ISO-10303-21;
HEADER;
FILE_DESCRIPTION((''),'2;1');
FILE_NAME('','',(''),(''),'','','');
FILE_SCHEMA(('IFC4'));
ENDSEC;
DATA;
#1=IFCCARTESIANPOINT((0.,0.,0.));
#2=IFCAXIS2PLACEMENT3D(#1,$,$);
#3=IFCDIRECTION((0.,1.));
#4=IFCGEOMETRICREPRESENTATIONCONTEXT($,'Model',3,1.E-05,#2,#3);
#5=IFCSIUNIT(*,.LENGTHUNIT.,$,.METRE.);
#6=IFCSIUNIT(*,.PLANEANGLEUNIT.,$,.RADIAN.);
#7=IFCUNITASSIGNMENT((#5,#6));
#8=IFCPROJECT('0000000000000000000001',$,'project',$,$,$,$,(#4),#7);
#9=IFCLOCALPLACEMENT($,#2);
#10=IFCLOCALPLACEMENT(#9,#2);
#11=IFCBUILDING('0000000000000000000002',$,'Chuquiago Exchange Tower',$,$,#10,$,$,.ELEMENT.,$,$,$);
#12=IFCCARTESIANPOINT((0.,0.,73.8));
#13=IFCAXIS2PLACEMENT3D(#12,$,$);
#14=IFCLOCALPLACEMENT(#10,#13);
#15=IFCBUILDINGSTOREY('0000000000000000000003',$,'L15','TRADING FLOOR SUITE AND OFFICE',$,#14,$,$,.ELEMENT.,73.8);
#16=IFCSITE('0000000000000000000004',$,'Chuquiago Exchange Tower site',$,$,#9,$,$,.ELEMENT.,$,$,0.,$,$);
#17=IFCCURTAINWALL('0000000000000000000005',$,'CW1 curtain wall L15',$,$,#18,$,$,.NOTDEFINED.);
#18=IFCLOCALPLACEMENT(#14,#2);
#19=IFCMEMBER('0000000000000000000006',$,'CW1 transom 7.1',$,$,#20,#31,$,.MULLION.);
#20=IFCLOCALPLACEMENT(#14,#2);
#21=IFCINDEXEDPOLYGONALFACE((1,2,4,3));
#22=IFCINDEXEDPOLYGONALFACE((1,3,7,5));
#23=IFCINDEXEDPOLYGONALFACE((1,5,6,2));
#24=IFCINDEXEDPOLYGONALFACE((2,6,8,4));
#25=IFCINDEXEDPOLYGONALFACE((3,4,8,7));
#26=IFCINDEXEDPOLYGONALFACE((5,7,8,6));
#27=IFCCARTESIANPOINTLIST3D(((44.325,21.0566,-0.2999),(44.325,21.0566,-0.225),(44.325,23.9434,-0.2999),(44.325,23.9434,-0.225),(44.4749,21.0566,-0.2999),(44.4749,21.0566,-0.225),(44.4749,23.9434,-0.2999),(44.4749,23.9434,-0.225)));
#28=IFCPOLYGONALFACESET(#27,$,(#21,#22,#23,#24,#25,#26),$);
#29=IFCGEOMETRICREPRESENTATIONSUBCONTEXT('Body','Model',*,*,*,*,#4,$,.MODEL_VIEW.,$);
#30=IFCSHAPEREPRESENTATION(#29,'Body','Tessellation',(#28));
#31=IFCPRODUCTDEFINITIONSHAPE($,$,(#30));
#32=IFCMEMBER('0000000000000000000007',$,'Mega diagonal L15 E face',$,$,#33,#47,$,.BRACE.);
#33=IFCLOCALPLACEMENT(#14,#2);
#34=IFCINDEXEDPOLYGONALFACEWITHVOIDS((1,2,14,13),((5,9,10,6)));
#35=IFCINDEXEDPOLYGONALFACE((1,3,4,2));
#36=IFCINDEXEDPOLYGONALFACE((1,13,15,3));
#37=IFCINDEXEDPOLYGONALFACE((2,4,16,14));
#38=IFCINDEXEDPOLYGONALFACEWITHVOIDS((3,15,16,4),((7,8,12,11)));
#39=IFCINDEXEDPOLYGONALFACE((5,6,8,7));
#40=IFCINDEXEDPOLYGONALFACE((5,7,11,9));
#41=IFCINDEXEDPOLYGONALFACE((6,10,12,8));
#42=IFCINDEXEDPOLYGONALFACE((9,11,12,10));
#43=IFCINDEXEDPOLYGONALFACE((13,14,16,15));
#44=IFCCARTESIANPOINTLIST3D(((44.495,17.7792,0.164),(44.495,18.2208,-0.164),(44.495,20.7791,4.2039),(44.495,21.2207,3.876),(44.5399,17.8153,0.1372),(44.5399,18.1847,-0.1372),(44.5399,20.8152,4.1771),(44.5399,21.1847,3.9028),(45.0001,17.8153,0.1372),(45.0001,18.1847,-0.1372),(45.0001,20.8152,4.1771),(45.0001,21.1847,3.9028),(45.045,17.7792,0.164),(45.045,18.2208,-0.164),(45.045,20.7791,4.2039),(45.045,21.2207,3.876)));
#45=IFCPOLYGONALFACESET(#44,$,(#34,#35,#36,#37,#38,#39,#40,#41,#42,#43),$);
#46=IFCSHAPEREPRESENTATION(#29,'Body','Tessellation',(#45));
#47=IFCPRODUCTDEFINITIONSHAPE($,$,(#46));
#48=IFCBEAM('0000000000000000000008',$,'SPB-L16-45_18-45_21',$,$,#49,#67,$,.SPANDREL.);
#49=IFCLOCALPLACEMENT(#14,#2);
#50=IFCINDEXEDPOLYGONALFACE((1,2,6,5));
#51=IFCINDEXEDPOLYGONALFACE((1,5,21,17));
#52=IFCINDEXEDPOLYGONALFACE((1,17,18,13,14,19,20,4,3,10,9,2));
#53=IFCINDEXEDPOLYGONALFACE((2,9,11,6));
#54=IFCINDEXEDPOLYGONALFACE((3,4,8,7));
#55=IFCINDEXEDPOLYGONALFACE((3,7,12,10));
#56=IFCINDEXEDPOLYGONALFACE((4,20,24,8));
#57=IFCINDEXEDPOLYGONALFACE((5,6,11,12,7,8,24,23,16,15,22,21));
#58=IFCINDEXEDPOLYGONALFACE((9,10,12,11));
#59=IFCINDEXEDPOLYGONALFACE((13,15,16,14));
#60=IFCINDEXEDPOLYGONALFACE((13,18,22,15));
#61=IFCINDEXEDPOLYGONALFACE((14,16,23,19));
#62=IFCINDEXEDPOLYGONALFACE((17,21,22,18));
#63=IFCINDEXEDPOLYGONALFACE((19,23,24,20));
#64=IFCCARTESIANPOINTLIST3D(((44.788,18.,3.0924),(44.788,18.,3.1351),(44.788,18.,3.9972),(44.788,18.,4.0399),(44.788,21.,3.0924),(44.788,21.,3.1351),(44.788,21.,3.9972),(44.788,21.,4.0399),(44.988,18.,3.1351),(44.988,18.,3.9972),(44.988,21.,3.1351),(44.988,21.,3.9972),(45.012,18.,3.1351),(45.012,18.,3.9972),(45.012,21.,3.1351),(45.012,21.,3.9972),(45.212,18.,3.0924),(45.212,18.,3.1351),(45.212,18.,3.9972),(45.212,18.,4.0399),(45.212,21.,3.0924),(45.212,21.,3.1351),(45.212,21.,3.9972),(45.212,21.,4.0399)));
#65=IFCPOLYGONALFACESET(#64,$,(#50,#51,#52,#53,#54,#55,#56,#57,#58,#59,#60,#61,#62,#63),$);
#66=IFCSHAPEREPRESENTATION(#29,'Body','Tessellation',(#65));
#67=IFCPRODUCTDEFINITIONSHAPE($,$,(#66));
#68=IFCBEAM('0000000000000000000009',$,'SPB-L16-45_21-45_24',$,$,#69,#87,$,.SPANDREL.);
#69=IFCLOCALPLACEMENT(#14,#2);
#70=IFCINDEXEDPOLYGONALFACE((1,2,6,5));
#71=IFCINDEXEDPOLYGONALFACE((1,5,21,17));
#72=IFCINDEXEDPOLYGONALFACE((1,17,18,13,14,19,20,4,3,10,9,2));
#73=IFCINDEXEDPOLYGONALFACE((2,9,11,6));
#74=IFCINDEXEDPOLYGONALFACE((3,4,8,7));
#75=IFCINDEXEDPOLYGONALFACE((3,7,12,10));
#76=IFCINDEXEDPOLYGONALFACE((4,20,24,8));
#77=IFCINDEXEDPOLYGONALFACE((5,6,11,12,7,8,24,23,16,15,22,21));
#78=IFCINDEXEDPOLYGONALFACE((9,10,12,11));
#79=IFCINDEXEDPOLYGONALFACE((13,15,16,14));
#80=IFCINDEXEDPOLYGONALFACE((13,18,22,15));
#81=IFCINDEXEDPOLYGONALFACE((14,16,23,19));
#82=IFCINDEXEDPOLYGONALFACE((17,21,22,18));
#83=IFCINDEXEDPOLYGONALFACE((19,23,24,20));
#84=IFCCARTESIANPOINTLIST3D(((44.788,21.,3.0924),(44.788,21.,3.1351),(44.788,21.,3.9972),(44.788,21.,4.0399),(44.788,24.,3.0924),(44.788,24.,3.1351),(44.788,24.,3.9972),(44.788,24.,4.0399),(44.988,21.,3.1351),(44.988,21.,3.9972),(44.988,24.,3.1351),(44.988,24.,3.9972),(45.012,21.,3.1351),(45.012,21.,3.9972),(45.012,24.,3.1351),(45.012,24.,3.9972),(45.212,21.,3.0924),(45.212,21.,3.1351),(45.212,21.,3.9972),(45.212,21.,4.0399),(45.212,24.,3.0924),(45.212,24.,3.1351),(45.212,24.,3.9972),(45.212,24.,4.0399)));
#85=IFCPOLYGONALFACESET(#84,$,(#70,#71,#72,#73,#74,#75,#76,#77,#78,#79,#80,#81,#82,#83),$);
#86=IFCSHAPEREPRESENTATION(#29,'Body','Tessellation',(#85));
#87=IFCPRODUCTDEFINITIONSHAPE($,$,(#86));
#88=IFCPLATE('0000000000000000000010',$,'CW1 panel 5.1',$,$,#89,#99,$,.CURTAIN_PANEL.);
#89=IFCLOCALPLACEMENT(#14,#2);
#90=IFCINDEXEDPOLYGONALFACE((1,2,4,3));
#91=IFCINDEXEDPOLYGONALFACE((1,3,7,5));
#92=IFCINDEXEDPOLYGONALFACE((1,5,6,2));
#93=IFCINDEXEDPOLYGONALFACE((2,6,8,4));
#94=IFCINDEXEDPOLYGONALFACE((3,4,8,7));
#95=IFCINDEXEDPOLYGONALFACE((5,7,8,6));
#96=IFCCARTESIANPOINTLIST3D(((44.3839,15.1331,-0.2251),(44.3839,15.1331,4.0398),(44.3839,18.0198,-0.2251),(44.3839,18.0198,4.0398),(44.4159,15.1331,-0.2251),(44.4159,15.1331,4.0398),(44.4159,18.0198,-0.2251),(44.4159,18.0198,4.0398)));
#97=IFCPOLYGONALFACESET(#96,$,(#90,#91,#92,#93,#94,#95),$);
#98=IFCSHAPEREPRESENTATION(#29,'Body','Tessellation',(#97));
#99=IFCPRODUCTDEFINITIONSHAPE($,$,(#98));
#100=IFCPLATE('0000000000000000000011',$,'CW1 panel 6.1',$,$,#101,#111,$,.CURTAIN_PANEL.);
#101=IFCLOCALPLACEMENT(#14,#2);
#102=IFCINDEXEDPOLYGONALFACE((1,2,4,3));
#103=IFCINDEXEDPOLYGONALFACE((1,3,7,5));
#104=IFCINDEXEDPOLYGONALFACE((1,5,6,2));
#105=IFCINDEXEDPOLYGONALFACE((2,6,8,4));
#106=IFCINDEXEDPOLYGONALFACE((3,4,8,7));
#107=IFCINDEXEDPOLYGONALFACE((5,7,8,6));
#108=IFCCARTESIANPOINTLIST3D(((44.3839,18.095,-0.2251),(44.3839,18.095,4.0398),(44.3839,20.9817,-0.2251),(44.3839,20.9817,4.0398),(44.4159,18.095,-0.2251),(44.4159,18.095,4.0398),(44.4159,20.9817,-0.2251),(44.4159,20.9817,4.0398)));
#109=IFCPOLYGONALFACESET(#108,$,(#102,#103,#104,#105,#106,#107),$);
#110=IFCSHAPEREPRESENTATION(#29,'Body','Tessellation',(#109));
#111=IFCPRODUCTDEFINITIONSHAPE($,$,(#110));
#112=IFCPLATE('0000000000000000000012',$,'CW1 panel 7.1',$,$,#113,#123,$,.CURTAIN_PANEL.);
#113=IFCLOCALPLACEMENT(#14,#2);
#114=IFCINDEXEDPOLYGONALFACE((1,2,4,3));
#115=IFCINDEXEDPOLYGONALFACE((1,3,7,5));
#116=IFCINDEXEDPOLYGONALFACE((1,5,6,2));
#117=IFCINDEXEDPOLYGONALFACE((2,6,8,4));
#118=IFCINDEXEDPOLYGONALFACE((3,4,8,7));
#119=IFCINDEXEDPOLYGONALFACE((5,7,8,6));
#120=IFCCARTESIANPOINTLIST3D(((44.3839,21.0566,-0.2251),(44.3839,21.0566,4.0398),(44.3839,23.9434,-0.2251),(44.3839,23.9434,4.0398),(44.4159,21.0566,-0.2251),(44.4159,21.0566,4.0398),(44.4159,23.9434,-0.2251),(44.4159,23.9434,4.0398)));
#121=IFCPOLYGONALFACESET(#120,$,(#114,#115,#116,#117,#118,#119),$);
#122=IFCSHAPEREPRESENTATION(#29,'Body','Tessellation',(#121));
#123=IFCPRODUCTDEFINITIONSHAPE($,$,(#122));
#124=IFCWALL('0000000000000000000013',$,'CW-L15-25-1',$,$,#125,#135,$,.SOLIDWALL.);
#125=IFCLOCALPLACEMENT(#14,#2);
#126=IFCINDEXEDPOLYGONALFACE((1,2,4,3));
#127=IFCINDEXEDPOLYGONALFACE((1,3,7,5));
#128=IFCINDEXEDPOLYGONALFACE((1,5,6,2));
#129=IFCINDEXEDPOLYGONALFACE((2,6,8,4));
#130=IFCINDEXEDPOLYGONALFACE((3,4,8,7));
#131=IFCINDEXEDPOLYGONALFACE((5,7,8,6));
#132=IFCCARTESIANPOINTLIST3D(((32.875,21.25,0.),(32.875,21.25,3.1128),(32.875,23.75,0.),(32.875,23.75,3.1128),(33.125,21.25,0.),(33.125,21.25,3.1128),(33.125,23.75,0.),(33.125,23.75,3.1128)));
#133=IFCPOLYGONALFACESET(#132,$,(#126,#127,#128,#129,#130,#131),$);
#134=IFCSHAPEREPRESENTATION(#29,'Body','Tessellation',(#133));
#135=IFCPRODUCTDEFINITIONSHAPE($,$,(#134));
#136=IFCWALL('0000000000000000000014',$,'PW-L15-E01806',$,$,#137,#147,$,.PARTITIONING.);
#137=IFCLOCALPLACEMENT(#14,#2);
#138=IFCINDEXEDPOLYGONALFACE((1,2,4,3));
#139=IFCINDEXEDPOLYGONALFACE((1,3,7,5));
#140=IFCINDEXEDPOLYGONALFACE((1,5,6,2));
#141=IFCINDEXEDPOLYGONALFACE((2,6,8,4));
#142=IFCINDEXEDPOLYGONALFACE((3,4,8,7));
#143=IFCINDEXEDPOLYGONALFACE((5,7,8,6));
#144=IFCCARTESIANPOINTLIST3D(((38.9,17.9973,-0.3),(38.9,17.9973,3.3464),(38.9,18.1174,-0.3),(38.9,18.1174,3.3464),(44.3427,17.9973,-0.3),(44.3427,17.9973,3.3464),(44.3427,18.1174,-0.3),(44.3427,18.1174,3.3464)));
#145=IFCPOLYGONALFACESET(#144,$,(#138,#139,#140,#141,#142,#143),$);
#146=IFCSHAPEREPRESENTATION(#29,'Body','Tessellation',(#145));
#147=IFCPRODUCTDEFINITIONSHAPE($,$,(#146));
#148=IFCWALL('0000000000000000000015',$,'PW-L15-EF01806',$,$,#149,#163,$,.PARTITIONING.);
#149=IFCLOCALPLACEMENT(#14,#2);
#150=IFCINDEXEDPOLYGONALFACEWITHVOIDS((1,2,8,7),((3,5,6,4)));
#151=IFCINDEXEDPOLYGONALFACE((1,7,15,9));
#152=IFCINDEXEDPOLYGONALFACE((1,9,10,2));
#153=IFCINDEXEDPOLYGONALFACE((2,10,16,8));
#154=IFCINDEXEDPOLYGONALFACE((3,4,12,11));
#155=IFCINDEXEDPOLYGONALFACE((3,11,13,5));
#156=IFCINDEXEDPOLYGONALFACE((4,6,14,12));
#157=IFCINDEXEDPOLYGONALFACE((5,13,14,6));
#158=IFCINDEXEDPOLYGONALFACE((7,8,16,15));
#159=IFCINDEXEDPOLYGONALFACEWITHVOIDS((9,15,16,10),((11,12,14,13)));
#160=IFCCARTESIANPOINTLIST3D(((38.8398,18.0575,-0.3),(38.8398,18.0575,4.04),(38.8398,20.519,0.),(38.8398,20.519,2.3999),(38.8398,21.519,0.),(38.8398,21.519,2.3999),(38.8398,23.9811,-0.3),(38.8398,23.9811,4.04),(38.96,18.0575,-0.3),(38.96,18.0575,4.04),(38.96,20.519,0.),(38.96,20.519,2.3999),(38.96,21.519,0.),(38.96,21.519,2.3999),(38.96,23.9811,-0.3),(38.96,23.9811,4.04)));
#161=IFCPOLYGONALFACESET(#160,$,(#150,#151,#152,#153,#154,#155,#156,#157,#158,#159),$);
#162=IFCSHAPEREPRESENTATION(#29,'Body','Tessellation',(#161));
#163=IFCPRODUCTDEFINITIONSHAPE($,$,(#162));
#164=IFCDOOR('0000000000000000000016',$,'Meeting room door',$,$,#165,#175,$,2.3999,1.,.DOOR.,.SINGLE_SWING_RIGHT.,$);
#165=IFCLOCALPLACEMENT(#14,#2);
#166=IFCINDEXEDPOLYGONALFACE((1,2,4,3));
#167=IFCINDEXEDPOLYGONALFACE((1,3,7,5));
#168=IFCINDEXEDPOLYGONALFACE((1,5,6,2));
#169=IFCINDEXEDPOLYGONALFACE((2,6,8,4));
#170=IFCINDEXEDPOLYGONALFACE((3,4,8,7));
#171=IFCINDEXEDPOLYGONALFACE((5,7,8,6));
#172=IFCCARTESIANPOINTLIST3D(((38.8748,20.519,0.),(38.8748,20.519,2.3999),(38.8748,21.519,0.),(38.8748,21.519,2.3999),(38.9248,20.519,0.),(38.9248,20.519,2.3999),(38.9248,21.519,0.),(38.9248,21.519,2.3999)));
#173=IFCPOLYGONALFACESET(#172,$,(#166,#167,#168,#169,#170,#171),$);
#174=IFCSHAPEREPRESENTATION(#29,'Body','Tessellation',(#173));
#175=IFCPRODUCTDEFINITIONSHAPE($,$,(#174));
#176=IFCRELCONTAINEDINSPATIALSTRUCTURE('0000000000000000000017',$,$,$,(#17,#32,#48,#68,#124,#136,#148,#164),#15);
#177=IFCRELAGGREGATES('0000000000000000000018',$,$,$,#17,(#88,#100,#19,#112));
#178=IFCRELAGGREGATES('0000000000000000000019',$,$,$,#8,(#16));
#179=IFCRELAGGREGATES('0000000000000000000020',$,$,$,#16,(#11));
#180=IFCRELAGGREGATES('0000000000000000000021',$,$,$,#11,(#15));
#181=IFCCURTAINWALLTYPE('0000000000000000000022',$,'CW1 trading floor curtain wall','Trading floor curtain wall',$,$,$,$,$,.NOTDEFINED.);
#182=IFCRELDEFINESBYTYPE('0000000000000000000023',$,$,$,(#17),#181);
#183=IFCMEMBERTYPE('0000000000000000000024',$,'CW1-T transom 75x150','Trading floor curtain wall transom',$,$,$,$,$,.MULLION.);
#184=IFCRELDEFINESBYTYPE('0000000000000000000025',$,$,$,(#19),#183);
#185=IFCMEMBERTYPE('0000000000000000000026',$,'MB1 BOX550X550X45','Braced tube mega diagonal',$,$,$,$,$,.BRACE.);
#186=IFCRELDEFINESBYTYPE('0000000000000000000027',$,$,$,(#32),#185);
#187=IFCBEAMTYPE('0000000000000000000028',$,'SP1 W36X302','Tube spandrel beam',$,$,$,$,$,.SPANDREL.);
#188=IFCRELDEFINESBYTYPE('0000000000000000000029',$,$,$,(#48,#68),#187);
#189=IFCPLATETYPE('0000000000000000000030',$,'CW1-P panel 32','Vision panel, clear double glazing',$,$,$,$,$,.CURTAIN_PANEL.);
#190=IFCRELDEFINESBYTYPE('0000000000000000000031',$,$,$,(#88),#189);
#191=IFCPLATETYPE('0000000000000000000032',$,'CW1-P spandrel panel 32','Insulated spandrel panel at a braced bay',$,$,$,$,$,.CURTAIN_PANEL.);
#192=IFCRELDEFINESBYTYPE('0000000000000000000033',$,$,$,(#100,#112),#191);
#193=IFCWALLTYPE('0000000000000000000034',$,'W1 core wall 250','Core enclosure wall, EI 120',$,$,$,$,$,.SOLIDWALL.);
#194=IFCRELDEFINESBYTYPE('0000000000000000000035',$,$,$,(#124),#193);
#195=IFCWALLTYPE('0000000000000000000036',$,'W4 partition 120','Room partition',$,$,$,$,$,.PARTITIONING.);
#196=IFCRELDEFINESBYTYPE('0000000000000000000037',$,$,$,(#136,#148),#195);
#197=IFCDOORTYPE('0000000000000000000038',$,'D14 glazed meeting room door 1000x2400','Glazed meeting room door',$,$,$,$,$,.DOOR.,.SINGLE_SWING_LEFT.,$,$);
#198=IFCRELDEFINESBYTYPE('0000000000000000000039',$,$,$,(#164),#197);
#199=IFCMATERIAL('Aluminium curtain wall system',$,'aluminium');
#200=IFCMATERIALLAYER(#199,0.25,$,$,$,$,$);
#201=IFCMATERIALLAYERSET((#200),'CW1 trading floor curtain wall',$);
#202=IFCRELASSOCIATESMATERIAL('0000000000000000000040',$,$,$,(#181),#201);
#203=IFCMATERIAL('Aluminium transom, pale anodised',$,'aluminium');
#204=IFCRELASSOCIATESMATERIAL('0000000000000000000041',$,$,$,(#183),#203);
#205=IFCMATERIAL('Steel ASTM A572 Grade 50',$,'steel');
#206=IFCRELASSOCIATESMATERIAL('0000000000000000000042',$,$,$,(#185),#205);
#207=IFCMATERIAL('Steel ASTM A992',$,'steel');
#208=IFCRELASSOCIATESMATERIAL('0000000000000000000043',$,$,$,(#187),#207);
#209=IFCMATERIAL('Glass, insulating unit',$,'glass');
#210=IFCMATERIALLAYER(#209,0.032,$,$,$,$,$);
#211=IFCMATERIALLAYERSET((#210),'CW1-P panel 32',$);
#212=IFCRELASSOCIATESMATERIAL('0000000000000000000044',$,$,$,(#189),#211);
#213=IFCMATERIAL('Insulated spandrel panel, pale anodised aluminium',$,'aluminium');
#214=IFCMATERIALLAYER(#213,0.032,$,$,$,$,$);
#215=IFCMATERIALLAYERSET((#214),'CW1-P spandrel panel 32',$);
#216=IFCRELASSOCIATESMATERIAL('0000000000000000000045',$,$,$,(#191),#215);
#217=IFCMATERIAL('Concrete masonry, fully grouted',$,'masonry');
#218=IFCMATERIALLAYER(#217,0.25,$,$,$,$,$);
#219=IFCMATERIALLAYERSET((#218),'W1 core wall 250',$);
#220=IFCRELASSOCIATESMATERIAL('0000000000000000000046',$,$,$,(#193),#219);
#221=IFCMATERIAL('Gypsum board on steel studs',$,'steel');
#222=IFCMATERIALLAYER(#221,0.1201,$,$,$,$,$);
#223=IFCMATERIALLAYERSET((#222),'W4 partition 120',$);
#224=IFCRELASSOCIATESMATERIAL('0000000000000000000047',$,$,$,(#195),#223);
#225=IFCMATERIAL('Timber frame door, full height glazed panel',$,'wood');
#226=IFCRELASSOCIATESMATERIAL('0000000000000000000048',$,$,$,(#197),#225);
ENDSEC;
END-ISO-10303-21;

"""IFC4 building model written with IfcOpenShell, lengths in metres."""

from ifc_helpers import new_model, si_unit, direction, frame, frame_2d, origin, origin_2d, place, context, subcontext, project, spatial, rectangle, hollow_rectangle, i_section, extrude, material, layer, layer_set, material_profile, profile_set, type_object, element, fill, aggregate, save


model = new_model("IFC4")

# Units and contexts
model_context = context("Model", 3, precision=1e-05, world=origin(), true_north=direction((0.0, 1.0)))
body_context = subcontext(model_context, "Body", "Model", "MODEL_VIEW")
ifc_project = project(units=[si_unit("LENGTHUNIT", "METRE"), si_unit("PLANEANGLEUNIT", "RADIAN")], contexts=[model_context])

# Site, building, storey
site_placement = place(None, origin())
site = spatial("IfcSite", under=ifc_project, at=site_placement, Name="Chuquiago Exchange Tower site", CompositionType="ELEMENT", RefElevation=0.0)
building_placement = place(site_placement, origin())
building = spatial("IfcBuilding", under=site, at=building_placement, Name="Chuquiago Exchange Tower", CompositionType="ELEMENT")
storey_placement = place(building_placement, frame((0.0, 0.0, 73.8)))
storey = spatial("IfcBuildingStorey", under=building, at=storey_placement, Name="L15", Description="TRADING FLOOR SUITE AND OFFICE", CompositionType="ELEMENT", Elevation=73.8)

# Curtain wall, member
ifc_material_1 = material(Name="Aluminium curtain wall system", Category="aluminium")
ifc_layer_1 = layer(ifc_material_1, 0.25)
ifc_layer_set_1 = layer_set([ifc_layer_1], Name="CW1 trading floor curtain wall")
curtain_wall_type = type_object("IfcCurtainWallType", Name="CW1 trading floor curtain wall", Description="Trading floor curtain wall", PredefinedType="NOTDEFINED", material=ifc_layer_set_1)
curtain_wall_placement = place(storey_placement, origin())
curtain_wall = element("IfcCurtainWall", 1, at=curtain_wall_placement, inside=storey, type_object=curtain_wall_type, Name="CW1 curtain wall L15", PredefinedType="NOTDEFINED")
ifc_material_2 = material(Name="Aluminium transom, pale anodised", Category="aluminium")
ifc_material_profile_1 = material_profile(ifc_material_2, rectangle(XDim=0.1499, YDim=0.075, at=origin_2d()), Name="AL 150x75")
ifc_profile_set_1 = profile_set([ifc_material_profile_1], Name="Aluminium transom, pale anodised")
member_type_1 = type_object("IfcMemberType", Name="CW1-T transom 75x150", Description="Trading floor curtain wall transom", PredefinedType="MULLION", material=ifc_profile_set_1)
member_1_placement = place(storey_placement, frame((44.3999, 21.0566, -0.2625), z_axis=(0.0, 1.0, 0.0), x_axis=(-1.0, 0.0, 0.0)))
member_1 = element("IfcMember", 2, at=member_1_placement, type_object=member_type_1, Name="CW1 transom 7.1", PredefinedType="MULLION", context=body_context, shape_type="SweptSolid", body=[
    extrude(rectangle(XDim=0.1499, YDim=0.075, at=origin_2d()), origin(), (0.0, 0.0, 1.0), 2.8867),
])

# Member
ifc_material_3 = material(Name="Steel ASTM A572 Grade 50", Category="steel")
ifc_material_profile_2 = material_profile(ifc_material_3, hollow_rectangle(XDim=0.55, YDim=0.55, WallThickness=0.0449, at=origin_2d()), Name="BOX550X550X45")
ifc_profile_set_2 = profile_set([ifc_material_profile_2], Name="Steel ASTM A572 Grade 50")
member_type_2 = type_object("IfcMemberType", Name="MB1 BOX550X550X45", Description="Braced tube mega diagonal", PredefinedType="BRACE", material=ifc_profile_set_2)
member_2_placement = place(storey_placement, frame((44.77, 18.0, 0.0), z_axis=(0.0, 0.596174, 0.802855), x_axis=(-1.0, 0.0, 0.0)))
element("IfcMember", 3, at=member_2_placement, inside=storey, type_object=member_type_2, Name="Mega diagonal L15 E face", PredefinedType="BRACE", context=body_context, shape_type="SweptSolid", body=[
    extrude(hollow_rectangle(XDim=0.55, YDim=0.55, WallThickness=0.0449, at=origin_2d()), origin(), (0.0, 0.0, 1.0), 5.032),
])

# Beams
ifc_material_4 = material(Name="Steel ASTM A992", Category="steel")
ifc_material_profile_3 = material_profile(ifc_material_4, i_section(OverallWidth=0.4241, OverallDepth=0.9475, WebThickness=0.0239, FlangeThickness=0.0427, at=origin_2d()), Name="W36X302")
ifc_profile_set_3 = profile_set([ifc_material_profile_3], Name="Steel ASTM A992")
beam_type_1 = type_object("IfcBeamType", Name="SP1 W36X302", Description="Tube spandrel beam", PredefinedType="SPANDREL", material=ifc_profile_set_3)
for number, where, z_axis, x_axis, name in (
    (4, (45.0, 18.0, 3.5662), (0.0, 1.0, 0.0), (-1.0, 0.0, 0.0), "SPB-L16-45_18-45_21"),
    (5, (45.0, 21.0, 3.5662), (0.0, 1.0, 0.0), (-1.0, 0.0, 0.0), "SPB-L16-45_21-45_24"),
):
    element("IfcBeam", number, at=place(storey_placement, frame(where, z_axis=z_axis, x_axis=x_axis)), inside=storey, type_object=beam_type_1, Name=name, PredefinedType="SPANDREL", context=body_context, shape_type="SweptSolid", body=[
        extrude(i_section(OverallWidth=0.4241, OverallDepth=0.9475, WebThickness=0.0239, FlangeThickness=0.0427, at=origin_2d()), origin(), (0.0, 0.0, 1.0), 3.0),
    ])

# Plates
ifc_material_5 = material(Name="Glass, insulating unit", Category="glass")
ifc_layer_2 = layer(ifc_material_5, 0.032)
ifc_layer_set_2 = layer_set([ifc_layer_2], Name="CW1-P panel 32")
plate_type_1 = type_object("IfcPlateType", Name="CW1-P panel 32", Description="Vision panel, clear double glazing", PredefinedType="CURTAIN_PANEL", material=ifc_layer_set_2)
plate_1_placement = place(storey_placement, frame((44.3999, 16.5764, -0.2251), z_axis=(0.0, 0.0, 1.0), x_axis=(0.0, 1.0, 0.0)))
plate_1 = element("IfcPlate", 6, at=plate_1_placement, type_object=plate_type_1, Name="CW1 panel 5.1", PredefinedType="CURTAIN_PANEL", context=body_context, shape_type="SweptSolid", body=[
    extrude(rectangle(XDim=2.8867, YDim=0.032, at=origin_2d()), origin(), (0.0, 0.0, 1.0), 4.2649),
])
ifc_material_6 = material(Name="Insulated spandrel panel, pale anodised aluminium", Category="aluminium")
ifc_layer_3 = layer(ifc_material_6, 0.032)
ifc_layer_set_3 = layer_set([ifc_layer_3], Name="CW1-P spandrel panel 32")
plate_type_2 = type_object("IfcPlateType", Name="CW1-P spandrel panel 32", Description="Insulated spandrel panel at a braced bay", PredefinedType="CURTAIN_PANEL", material=ifc_layer_set_3)
plate_2_placement = place(storey_placement, frame((44.3999, 19.5383, -0.2251), z_axis=(0.0, 0.0, 1.0), x_axis=(0.0, 1.0, 0.0)))
plate_2 = element("IfcPlate", 7, at=plate_2_placement, type_object=plate_type_2, Name="CW1 panel 6.1", PredefinedType="CURTAIN_PANEL", context=body_context, shape_type="SweptSolid", body=[
    extrude(rectangle(XDim=2.8867, YDim=0.032, at=origin_2d()), origin(), (0.0, 0.0, 1.0), 4.2649),
])
plate_3_placement = place(storey_placement, frame((44.3999, 22.5, -0.2251), z_axis=(0.0, 0.0, 1.0), x_axis=(0.0, 1.0, 0.0)))
plate_3 = element("IfcPlate", 8, at=plate_3_placement, type_object=plate_type_2, Name="CW1 panel 7.1", PredefinedType="CURTAIN_PANEL", context=body_context, shape_type="SweptSolid", body=[
    extrude(rectangle(XDim=2.8867, YDim=0.032, at=origin_2d()), origin(), (0.0, 0.0, 1.0), 4.2649),
])
aggregate(curtain_wall, [plate_1, plate_2, member_1, plate_3])

# Walls
ifc_material_7 = material(Name="Concrete masonry, fully grouted", Category="masonry")
ifc_layer_4 = layer(ifc_material_7, 0.25)
ifc_layer_set_4 = layer_set([ifc_layer_4], Name="W1 core wall 250")
wall_type_1 = type_object("IfcWallType", Name="W1 core wall 250", Description="Core enclosure wall, EI 120", PredefinedType="SOLIDWALL", material=ifc_layer_set_4)
wall_1_placement = place(storey_placement, frame((33.0, 21.25, 0.0), z_axis=(0.0, 0.0, 1.0), x_axis=(0.0, 1.0, 0.0)))
element("IfcWall", 9, at=wall_1_placement, inside=storey, type_object=wall_type_1, Name="CW-L15-25-1", PredefinedType="SOLIDWALL", context=body_context, shape_type="SweptSolid", body=[
    extrude(rectangle(XDim=2.5, YDim=0.25, at=frame_2d((1.25, 0.0))), origin(), (0.0, 0.0, 1.0), 3.1128),
])
ifc_material_8 = material(Name="Gypsum board on steel studs", Category="steel")
ifc_layer_5 = layer(ifc_material_8, 0.1201)
ifc_layer_set_5 = layer_set([ifc_layer_5], Name="W4 partition 120")
wall_type_2 = type_object("IfcWallType", Name="W4 partition 120", Description="Room partition", PredefinedType="PARTITIONING", material=ifc_layer_set_5)
wall_2_placement = place(storey_placement, frame((44.3425, 18.0574, -0.3), z_axis=(0.0, 0.0, 1.0), x_axis=(-1.0, 0.0, 0.0)))
element("IfcWall", 10, at=wall_2_placement, inside=storey, type_object=wall_type_2, Name="PW-L15-E01806", PredefinedType="PARTITIONING", context=body_context, shape_type="SweptSolid", body=[
    extrude(rectangle(XDim=5.4426, YDim=0.1201, at=frame_2d((2.7212, 0.0))), origin(), (0.0, 0.0, 1.0), 3.6465),
])

# Wall, opening, door
wall_3_placement = place(storey_placement, frame((38.8999, 18.0574, -0.3), z_axis=(0.0, 0.0, 1.0), x_axis=(0.0, 1.0, 0.0)))
wall_3 = element("IfcWall", 11, at=wall_3_placement, inside=storey, type_object=wall_type_2, Name="PW-L15-EF01806", PredefinedType="PARTITIONING", context=body_context, shape_type="SweptSolid", body=[
    extrude(rectangle(XDim=5.9236, YDim=0.1201, at=frame_2d((2.9619, 0.0))), origin(), (0.0, 0.0, 1.0), 4.3401),
])
opening_placement = place(wall_3_placement, frame((2.4617, 0.0, 0.3)))
opening = element("IfcOpeningElement", 12, at=opening_placement, cuts=wall_3, PredefinedType="OPENING", context=body_context, shape_type="SweptSolid", body=[
    extrude(rectangle(XDim=1.0, YDim=2.3999, at=frame_2d((0.5, 1.2))), frame((0.0, 0.0701, 0.0), z_axis=(0.0, -1.0, 0.0), x_axis=(1.0, 0.0, 0.0)), (0.0, 0.0, 1.0), 0.1401),
])
ifc_material_9 = material(Name="Timber frame door, full height glazed panel", Category="wood")
door_type = type_object("IfcDoorType", Name="D14 glazed meeting room door 1000x2400", Description="Glazed meeting room door", OperationType="SINGLE_SWING_LEFT", PredefinedType="DOOR", material=ifc_material_9)
door_placement = place(opening_placement, frame((1.0, 0.0, 0.0), z_axis=(0.0, 0.0, 1.0), x_axis=(-1.0, 0.0, 0.0)))
door = element("IfcDoor", 13, at=door_placement, inside=storey, type_object=door_type, Name="Meeting room door", OperationType="SINGLE_SWING_RIGHT", OverallHeight=2.3999, OverallWidth=1.0, PredefinedType="DOOR", context=body_context, shape_type="SweptSolid", body=[
    extrude(rectangle(XDim=1.0, YDim=2.3999, at=frame_2d((0.5, 1.2))), frame((0.0, 0.0249, 0.0), z_axis=(0.0, -1.0, 0.0), x_axis=(1.0, 0.0, 0.0)), (0.0, 0.0, 1.0), 0.05),
])
fill(opening, door)

save(model, "model.ifc")
